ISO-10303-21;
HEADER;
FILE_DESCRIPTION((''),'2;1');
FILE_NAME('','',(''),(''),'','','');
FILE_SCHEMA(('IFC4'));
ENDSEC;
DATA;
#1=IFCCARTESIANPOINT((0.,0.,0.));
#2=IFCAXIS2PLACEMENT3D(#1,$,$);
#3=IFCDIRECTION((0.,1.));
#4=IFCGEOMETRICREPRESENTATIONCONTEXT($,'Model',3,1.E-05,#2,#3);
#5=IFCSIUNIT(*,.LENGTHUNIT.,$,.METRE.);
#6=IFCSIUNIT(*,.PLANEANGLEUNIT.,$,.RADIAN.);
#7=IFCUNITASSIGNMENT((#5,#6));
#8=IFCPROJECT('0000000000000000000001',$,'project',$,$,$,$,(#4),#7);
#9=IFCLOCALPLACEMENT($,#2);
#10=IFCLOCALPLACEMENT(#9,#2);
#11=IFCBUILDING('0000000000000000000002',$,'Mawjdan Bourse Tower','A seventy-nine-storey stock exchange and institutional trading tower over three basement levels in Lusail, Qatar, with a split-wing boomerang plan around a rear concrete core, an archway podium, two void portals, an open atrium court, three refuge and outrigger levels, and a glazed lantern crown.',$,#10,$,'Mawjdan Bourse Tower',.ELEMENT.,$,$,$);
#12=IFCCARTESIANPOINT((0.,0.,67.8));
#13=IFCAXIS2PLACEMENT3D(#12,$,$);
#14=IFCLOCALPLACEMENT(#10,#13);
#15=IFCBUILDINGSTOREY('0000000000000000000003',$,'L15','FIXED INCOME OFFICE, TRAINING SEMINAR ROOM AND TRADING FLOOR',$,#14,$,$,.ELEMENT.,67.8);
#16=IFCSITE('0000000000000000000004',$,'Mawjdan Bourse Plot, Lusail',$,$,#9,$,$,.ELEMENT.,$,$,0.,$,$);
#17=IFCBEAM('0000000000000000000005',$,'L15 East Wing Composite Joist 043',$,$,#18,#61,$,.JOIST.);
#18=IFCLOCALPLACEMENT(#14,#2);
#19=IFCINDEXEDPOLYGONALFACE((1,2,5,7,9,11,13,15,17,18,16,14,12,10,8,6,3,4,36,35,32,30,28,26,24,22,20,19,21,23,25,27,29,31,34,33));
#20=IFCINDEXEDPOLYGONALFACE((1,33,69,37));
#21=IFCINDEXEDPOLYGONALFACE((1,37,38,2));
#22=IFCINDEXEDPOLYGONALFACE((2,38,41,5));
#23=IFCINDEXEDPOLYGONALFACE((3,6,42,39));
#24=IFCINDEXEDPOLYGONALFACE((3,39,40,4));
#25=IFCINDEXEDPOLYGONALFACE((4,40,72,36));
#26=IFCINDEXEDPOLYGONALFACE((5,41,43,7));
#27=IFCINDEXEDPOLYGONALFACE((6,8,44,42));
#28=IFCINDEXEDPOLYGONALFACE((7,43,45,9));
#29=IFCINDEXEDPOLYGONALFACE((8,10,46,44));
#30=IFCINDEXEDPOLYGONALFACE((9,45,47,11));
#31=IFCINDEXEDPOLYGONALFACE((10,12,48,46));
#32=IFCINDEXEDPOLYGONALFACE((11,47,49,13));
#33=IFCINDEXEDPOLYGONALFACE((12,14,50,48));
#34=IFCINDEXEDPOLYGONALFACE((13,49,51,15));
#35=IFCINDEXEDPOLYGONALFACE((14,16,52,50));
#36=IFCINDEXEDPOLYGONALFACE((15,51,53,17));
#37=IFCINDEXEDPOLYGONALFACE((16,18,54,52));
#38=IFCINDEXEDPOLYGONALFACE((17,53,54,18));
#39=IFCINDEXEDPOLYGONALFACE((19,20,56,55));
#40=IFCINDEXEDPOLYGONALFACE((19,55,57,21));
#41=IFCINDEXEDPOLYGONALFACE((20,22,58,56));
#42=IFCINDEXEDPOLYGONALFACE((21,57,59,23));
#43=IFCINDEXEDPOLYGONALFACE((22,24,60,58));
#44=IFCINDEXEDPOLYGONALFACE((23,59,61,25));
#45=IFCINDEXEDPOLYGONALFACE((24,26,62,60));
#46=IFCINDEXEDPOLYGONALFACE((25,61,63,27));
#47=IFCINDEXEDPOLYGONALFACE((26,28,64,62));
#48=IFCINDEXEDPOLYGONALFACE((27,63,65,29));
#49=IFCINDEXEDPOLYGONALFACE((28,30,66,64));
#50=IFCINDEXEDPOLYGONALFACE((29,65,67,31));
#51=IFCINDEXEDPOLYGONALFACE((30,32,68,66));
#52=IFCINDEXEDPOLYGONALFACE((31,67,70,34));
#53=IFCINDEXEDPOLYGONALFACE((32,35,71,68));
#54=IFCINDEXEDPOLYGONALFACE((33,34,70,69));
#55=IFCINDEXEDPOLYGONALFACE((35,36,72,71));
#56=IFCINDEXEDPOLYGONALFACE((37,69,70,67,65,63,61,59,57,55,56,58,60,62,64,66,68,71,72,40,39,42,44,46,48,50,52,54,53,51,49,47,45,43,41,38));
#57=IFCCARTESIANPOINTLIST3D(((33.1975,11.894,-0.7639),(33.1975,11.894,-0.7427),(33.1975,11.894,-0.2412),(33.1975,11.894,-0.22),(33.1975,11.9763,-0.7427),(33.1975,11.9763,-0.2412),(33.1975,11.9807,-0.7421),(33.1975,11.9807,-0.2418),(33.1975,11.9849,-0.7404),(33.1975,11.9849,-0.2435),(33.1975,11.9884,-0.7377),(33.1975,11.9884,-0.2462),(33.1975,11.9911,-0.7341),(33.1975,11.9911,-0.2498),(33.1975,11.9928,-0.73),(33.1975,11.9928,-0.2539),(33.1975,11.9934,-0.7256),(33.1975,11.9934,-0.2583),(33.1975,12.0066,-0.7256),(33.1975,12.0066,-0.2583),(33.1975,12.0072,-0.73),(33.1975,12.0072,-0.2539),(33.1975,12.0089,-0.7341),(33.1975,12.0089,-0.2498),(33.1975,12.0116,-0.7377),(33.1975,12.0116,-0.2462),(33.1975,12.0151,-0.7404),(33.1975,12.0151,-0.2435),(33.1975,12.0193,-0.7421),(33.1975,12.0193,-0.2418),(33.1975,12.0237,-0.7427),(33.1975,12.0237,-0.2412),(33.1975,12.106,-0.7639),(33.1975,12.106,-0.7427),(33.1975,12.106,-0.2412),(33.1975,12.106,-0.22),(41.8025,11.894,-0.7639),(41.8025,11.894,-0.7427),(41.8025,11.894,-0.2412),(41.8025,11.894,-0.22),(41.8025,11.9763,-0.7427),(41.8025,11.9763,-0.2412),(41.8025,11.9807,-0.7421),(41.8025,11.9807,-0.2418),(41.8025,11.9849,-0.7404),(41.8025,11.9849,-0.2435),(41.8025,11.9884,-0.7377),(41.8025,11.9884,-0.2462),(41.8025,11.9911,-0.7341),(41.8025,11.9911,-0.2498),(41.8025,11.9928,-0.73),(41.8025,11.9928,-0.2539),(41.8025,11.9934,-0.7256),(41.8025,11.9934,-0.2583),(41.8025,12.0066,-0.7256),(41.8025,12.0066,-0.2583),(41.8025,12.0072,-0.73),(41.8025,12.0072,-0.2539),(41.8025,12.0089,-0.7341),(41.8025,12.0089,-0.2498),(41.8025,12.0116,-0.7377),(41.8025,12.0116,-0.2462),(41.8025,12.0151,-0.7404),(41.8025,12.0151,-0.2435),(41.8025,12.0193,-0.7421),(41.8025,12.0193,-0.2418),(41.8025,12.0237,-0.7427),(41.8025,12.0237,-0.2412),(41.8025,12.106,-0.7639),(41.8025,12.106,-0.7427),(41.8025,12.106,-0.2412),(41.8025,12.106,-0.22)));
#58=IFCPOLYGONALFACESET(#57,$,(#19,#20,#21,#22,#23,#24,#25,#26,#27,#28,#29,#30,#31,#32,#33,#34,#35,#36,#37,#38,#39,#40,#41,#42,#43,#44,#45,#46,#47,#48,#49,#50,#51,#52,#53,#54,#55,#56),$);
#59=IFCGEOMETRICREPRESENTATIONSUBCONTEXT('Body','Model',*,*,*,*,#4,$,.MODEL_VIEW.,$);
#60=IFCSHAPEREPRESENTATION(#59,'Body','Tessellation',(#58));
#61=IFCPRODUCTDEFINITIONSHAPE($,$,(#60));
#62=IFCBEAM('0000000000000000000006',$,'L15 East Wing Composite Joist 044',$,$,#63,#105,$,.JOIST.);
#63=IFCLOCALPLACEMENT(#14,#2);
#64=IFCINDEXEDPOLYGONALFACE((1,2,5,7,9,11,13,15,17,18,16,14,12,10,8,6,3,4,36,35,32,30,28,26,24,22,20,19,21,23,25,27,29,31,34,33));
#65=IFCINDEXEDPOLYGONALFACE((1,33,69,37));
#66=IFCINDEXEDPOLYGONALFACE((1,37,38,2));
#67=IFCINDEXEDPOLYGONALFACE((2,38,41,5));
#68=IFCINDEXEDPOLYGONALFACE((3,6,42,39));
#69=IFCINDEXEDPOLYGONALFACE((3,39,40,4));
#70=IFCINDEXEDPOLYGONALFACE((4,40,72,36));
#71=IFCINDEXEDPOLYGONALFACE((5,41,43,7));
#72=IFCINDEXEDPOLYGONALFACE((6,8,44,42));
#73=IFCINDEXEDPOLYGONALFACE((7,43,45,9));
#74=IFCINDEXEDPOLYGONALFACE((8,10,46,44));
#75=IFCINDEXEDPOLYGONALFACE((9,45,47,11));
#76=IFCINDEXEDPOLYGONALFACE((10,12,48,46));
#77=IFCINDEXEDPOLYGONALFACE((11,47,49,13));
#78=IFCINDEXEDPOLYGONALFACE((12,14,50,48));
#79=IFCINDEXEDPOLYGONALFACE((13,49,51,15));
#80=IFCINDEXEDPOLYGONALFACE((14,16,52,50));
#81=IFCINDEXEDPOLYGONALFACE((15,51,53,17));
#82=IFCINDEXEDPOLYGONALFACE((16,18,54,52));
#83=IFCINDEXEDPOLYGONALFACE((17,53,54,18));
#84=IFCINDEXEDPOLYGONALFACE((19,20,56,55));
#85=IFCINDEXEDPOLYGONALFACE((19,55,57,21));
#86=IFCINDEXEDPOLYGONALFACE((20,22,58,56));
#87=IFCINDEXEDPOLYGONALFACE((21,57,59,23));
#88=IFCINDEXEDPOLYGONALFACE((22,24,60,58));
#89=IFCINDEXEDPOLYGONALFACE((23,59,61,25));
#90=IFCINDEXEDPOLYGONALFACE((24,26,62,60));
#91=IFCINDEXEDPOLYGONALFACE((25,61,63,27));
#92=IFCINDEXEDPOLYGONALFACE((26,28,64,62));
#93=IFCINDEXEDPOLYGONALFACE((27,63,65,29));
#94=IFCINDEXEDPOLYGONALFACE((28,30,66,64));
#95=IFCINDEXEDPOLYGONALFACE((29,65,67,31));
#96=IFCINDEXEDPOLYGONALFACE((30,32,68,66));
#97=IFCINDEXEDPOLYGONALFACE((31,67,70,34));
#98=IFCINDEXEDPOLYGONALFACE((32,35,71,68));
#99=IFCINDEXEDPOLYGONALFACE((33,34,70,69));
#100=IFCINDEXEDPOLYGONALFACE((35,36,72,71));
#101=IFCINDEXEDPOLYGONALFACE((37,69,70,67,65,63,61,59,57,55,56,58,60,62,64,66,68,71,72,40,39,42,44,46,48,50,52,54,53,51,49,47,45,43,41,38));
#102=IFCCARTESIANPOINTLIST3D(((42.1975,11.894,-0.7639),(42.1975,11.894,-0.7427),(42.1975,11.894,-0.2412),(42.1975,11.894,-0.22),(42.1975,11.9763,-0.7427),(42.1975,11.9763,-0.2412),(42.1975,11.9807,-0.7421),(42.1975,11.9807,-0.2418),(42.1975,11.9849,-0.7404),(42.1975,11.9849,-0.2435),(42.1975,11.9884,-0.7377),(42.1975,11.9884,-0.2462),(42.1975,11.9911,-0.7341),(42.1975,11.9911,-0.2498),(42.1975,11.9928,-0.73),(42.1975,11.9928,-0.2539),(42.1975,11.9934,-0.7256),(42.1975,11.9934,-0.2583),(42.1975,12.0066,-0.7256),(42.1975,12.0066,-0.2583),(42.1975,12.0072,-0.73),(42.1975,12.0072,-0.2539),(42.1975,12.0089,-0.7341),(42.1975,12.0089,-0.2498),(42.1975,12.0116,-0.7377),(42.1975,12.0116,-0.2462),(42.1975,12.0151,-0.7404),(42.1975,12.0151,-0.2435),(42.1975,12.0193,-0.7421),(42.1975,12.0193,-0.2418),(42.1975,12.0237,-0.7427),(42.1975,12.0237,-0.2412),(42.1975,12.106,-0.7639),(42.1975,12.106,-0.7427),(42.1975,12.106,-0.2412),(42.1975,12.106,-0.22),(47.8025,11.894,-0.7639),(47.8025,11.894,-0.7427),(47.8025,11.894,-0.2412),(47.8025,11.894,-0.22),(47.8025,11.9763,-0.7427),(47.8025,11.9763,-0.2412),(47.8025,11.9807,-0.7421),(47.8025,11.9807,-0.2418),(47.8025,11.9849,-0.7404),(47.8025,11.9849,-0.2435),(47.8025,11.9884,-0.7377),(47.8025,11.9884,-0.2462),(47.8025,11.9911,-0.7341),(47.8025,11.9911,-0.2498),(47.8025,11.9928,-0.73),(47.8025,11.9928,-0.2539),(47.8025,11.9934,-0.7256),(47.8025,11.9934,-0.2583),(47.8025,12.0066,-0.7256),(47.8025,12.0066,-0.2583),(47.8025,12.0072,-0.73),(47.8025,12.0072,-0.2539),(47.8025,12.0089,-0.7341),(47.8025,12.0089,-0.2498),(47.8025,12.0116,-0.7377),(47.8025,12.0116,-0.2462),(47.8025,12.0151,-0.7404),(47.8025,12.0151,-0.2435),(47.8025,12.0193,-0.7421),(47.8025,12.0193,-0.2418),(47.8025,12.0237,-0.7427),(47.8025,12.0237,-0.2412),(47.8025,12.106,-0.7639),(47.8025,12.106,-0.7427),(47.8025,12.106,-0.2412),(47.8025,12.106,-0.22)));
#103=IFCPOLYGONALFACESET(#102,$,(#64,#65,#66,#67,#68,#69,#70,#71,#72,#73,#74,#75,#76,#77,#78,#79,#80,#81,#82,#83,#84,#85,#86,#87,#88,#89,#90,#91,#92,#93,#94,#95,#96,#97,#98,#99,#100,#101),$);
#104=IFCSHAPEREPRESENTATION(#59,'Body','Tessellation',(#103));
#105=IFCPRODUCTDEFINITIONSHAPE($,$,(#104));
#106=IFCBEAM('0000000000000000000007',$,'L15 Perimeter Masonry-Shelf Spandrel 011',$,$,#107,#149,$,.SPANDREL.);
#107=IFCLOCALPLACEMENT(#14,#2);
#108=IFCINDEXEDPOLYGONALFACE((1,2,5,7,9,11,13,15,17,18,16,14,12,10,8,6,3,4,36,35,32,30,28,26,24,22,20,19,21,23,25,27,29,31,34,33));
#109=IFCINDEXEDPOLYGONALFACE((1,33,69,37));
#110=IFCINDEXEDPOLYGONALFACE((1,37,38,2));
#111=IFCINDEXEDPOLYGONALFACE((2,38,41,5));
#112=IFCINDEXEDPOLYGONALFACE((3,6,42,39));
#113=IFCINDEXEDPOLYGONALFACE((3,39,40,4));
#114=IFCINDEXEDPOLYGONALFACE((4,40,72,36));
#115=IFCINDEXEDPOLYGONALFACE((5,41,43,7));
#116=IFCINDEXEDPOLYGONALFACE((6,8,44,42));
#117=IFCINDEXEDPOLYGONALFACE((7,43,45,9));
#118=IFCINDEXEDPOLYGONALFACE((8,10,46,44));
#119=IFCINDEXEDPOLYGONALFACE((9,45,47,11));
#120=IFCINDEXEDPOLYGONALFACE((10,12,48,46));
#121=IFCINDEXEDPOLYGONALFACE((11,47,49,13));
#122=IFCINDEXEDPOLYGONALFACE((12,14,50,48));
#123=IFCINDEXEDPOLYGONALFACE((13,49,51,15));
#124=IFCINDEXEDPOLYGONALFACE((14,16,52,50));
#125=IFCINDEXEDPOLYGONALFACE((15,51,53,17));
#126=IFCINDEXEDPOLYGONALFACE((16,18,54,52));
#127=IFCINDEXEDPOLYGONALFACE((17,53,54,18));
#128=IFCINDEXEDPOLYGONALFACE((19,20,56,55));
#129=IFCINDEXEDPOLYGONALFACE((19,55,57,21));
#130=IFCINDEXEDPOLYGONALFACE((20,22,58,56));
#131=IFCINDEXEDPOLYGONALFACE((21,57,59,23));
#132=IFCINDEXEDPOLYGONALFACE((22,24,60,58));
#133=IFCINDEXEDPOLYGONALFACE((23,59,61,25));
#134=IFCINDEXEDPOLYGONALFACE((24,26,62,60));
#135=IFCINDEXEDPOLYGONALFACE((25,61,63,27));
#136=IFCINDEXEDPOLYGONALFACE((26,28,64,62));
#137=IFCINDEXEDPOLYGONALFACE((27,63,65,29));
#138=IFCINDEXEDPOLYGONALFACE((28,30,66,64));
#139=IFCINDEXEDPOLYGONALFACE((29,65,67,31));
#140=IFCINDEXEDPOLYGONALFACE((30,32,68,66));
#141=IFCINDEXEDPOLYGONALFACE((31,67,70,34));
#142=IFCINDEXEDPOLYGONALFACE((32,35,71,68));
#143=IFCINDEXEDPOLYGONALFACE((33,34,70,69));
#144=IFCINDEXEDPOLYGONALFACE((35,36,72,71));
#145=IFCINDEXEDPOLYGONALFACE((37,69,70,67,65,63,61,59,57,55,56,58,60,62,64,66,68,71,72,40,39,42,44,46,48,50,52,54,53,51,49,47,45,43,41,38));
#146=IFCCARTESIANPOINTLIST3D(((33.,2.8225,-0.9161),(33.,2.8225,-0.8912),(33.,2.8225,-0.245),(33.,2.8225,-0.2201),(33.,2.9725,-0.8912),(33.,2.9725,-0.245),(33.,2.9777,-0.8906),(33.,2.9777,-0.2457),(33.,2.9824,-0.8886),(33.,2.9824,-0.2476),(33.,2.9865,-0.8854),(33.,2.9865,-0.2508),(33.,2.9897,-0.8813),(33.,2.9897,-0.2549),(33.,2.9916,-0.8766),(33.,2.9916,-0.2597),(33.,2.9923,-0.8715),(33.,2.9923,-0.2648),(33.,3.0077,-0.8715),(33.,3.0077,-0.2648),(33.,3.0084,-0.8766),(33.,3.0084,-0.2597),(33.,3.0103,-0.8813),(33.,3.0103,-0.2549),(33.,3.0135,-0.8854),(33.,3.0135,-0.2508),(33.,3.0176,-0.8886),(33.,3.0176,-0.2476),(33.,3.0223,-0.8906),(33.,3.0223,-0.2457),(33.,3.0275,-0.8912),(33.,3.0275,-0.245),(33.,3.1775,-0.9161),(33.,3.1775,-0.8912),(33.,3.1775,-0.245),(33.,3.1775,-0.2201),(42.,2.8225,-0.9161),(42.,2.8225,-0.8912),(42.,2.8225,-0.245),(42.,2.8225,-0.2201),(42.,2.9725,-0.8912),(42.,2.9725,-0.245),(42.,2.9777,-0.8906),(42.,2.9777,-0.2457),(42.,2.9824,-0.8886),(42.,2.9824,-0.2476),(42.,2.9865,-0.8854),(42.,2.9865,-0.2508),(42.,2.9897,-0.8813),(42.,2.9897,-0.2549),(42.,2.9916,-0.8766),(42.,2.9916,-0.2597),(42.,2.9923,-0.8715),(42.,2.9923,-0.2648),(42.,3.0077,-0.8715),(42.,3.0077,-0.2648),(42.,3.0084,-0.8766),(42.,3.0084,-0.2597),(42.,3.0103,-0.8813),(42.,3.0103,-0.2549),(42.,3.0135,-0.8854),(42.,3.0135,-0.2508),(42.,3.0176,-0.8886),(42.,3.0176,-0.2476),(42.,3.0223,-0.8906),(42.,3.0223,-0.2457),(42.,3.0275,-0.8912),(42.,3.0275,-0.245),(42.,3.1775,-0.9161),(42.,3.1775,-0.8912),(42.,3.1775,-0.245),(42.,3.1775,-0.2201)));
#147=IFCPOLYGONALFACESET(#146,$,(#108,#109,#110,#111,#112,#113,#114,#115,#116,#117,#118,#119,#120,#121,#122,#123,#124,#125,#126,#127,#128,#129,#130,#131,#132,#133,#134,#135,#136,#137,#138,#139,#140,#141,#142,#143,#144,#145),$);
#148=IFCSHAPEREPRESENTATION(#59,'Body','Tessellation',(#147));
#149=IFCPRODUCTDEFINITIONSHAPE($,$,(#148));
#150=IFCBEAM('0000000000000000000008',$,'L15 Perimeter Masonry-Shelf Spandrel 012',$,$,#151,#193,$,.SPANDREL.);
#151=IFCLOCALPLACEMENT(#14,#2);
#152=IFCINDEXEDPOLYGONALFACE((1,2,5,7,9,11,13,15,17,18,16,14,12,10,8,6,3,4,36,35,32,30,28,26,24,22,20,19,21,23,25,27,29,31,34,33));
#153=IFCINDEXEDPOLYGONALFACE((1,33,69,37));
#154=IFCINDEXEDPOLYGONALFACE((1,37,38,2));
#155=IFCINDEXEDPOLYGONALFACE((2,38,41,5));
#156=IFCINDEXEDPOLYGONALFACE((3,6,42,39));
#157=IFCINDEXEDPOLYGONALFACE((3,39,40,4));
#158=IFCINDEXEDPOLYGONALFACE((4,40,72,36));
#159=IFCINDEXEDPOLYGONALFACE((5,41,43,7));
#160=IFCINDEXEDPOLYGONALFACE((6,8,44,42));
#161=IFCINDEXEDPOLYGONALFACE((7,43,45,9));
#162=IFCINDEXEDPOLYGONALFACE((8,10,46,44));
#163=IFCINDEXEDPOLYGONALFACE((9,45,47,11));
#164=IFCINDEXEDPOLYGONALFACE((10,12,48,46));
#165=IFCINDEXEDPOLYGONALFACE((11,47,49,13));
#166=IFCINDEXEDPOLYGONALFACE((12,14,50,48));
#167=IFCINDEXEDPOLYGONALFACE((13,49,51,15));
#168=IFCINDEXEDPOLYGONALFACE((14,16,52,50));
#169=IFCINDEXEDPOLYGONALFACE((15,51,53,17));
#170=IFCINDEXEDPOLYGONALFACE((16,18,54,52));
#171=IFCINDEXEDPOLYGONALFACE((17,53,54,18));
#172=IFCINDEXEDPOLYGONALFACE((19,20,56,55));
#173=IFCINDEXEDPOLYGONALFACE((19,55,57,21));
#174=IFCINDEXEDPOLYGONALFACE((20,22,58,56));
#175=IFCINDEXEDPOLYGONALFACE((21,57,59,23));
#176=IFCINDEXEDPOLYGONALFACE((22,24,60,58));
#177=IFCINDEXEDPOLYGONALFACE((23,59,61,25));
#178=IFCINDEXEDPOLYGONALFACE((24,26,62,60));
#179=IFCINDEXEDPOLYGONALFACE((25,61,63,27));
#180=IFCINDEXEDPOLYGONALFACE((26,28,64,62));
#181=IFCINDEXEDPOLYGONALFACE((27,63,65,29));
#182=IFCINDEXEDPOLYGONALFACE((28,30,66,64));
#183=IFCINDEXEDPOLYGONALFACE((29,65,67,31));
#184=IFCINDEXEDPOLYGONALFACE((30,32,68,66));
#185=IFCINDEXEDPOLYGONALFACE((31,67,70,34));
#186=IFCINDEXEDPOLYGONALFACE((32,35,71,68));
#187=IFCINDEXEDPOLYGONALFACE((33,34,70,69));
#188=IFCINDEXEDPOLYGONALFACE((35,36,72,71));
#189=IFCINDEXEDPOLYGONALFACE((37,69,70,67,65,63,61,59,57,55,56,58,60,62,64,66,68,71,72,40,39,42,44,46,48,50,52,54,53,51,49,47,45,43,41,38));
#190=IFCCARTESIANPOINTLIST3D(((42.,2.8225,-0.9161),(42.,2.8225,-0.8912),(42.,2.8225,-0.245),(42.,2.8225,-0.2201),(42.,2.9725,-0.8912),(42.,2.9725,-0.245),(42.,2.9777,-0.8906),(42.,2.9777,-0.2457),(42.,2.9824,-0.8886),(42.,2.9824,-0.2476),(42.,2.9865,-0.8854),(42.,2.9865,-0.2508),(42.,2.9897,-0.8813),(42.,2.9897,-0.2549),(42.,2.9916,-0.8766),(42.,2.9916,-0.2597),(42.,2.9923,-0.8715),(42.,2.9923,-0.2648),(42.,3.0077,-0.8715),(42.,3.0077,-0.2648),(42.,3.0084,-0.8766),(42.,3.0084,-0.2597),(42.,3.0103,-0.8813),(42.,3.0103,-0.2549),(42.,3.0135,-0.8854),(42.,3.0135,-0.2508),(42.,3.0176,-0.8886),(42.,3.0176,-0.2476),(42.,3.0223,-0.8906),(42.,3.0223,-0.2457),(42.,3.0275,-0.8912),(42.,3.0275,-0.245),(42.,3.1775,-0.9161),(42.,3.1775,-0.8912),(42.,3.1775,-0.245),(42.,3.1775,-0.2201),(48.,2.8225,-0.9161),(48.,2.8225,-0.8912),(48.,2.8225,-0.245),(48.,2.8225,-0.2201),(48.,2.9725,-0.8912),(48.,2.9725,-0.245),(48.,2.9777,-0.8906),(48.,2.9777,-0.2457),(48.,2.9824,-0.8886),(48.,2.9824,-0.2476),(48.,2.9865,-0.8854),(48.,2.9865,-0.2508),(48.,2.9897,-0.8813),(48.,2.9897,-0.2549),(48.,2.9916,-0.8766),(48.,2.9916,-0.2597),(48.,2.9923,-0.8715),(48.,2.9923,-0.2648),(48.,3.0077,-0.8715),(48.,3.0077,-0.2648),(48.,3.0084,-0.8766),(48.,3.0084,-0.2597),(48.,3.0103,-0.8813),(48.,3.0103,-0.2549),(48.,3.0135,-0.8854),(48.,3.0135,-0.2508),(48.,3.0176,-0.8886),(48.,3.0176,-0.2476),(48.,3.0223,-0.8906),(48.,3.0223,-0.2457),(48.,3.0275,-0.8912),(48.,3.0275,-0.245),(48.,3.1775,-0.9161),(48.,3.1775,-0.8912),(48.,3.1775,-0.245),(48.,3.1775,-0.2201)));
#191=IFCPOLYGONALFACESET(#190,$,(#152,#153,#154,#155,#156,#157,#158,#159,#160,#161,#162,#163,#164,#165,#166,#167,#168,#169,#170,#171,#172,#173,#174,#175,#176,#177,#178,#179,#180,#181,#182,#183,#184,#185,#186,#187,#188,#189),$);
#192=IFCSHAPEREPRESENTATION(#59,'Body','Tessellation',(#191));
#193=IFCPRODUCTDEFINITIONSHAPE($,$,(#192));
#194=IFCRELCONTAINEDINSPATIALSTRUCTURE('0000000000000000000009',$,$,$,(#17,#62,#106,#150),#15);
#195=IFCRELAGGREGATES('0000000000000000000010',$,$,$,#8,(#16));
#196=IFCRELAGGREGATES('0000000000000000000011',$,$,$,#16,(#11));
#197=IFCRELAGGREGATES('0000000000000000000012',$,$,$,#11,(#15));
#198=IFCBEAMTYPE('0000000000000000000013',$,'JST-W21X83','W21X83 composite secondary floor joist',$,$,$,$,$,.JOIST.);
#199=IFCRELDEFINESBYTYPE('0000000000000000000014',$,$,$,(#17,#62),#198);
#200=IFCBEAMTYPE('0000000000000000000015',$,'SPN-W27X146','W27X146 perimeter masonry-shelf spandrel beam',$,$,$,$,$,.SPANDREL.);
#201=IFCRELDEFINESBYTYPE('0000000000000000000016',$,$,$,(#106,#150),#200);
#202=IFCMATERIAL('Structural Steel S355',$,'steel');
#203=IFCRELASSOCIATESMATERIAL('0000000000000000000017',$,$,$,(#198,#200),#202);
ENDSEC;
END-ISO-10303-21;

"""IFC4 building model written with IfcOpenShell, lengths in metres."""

from ifc_helpers import new_model, si_unit, direction, frame, origin, origin_2d, place, context, subcontext, project, spatial, i_section, extrude, material, material_profile, profile_set, type_object, element, save


model = new_model("IFC4")

# Units and contexts
model_context = context("Model", 3, precision=1e-05, world=origin(), true_north=direction((0.0, 1.0)))
body_context = subcontext(model_context, "Body", "Model", "MODEL_VIEW")
ifc_project = project(units=[si_unit("LENGTHUNIT", "METRE"), si_unit("PLANEANGLEUNIT", "RADIAN")], contexts=[model_context])

# Site, building, storey
site_placement = place(None, origin())
site = spatial("IfcSite", under=ifc_project, at=site_placement, Name="Mawjdan Bourse Plot, Lusail", CompositionType="ELEMENT", RefElevation=0.0)
building_placement = place(site_placement, origin())
building = spatial("IfcBuilding", under=site, at=building_placement, Name="Mawjdan Bourse Tower", Description="A seventy-nine-storey stock exchange and institutional trading tower over three basement levels in Lusail, Qatar, with a split-wing boomerang plan around a rear concrete core, an archway podium, two void portals, an open atrium court, three refuge and outrigger levels, and a glazed lantern crown.", LongName="Mawjdan Bourse Tower", CompositionType="ELEMENT")
storey_placement = place(building_placement, frame((0.0, 0.0, 67.8)))
storey = spatial("IfcBuildingStorey", under=building, at=storey_placement, Name="L15", Description="FIXED INCOME OFFICE, TRAINING SEMINAR ROOM AND TRADING FLOOR", CompositionType="ELEMENT", Elevation=67.8)

# Beams
ifc_material_1 = material(Name="Structural Steel S355", Category="steel")
ifc_material_profile_1 = material_profile(ifc_material_1, i_section(OverallWidth=0.2119, OverallDepth=0.5439, WebThickness=0.0132, FlangeThickness=0.0212, FilletRadius=0.0171, at=origin_2d()), Name="W21X83")
ifc_profile_set_1 = profile_set([ifc_material_profile_1], Name="Structural Steel S355")
beam_type_1 = type_object("IfcBeamType", Name="JST-W21X83", Description="W21X83 composite secondary floor joist", PredefinedType="JOIST", material=ifc_profile_set_1)
beam_1_placement = place(storey_placement, frame((33.1975, 12.0, -0.4919), z_axis=(1.0, 0.0, 0.0), x_axis=(0.0, 1.0, 0.0)))
element("IfcBeam", 1, at=beam_1_placement, inside=storey, type_object=beam_type_1, Name="L15 East Wing Composite Joist 043", PredefinedType="JOIST", context=body_context, shape_type="SweptSolid", body=[
    extrude(i_section(OverallWidth=0.2119, OverallDepth=0.5439, WebThickness=0.0132, FlangeThickness=0.0212, FilletRadius=0.0171, at=origin_2d()), origin(), (0.0, 0.0, 1.0), 8.605),
])
beam_2_placement = place(storey_placement, frame((42.1975, 12.0, -0.4919), z_axis=(1.0, 0.0, 0.0), x_axis=(0.0, 1.0, 0.0)))
element("IfcBeam", 2, at=beam_2_placement, inside=storey, type_object=beam_type_1, Name="L15 East Wing Composite Joist 044", PredefinedType="JOIST", context=body_context, shape_type="SweptSolid", body=[
    extrude(i_section(OverallWidth=0.2119, OverallDepth=0.5439, WebThickness=0.0132, FlangeThickness=0.0212, FilletRadius=0.0171, at=origin_2d()), origin(), (0.0, 0.0, 1.0), 5.605),
])
ifc_material_profile_2 = material_profile(ifc_material_1, i_section(OverallWidth=0.355, OverallDepth=0.696, WebThickness=0.0154, FlangeThickness=0.0249, FilletRadius=0.0198, at=origin_2d()), Name="W27X146")
ifc_profile_set_2 = profile_set([ifc_material_profile_2], Name="Structural Steel S355")
beam_type_2 = type_object("IfcBeamType", Name="SPN-W27X146", Description="W27X146 perimeter masonry-shelf spandrel beam", PredefinedType="SPANDREL", material=ifc_profile_set_2)
beam_3_placement = place(storey_placement, frame((33.0, 3.0, -0.5681), z_axis=(1.0, 0.0, 0.0), x_axis=(0.0, 1.0, 0.0)))
element("IfcBeam", 3, at=beam_3_placement, inside=storey, type_object=beam_type_2, Name="L15 Perimeter Masonry-Shelf Spandrel 011", PredefinedType="SPANDREL", context=body_context, shape_type="SweptSolid", body=[
    extrude(i_section(OverallWidth=0.355, OverallDepth=0.696, WebThickness=0.0154, FlangeThickness=0.0249, FilletRadius=0.0198, at=origin_2d()), origin(), (0.0, 0.0, 1.0), 9.0),
])
beam_4_placement = place(storey_placement, frame((42.0, 3.0, -0.5681), z_axis=(1.0, 0.0, 0.0), x_axis=(0.0, 1.0, 0.0)))
element("IfcBeam", 4, at=beam_4_placement, inside=storey, type_object=beam_type_2, Name="L15 Perimeter Masonry-Shelf Spandrel 012", PredefinedType="SPANDREL", context=body_context, shape_type="SweptSolid", body=[
    extrude(i_section(OverallWidth=0.355, OverallDepth=0.696, WebThickness=0.0154, FlangeThickness=0.0249, FilletRadius=0.0198, at=origin_2d()), origin(), (0.0, 0.0, 1.0), 6.0),
])

save(model, "model.ifc")
